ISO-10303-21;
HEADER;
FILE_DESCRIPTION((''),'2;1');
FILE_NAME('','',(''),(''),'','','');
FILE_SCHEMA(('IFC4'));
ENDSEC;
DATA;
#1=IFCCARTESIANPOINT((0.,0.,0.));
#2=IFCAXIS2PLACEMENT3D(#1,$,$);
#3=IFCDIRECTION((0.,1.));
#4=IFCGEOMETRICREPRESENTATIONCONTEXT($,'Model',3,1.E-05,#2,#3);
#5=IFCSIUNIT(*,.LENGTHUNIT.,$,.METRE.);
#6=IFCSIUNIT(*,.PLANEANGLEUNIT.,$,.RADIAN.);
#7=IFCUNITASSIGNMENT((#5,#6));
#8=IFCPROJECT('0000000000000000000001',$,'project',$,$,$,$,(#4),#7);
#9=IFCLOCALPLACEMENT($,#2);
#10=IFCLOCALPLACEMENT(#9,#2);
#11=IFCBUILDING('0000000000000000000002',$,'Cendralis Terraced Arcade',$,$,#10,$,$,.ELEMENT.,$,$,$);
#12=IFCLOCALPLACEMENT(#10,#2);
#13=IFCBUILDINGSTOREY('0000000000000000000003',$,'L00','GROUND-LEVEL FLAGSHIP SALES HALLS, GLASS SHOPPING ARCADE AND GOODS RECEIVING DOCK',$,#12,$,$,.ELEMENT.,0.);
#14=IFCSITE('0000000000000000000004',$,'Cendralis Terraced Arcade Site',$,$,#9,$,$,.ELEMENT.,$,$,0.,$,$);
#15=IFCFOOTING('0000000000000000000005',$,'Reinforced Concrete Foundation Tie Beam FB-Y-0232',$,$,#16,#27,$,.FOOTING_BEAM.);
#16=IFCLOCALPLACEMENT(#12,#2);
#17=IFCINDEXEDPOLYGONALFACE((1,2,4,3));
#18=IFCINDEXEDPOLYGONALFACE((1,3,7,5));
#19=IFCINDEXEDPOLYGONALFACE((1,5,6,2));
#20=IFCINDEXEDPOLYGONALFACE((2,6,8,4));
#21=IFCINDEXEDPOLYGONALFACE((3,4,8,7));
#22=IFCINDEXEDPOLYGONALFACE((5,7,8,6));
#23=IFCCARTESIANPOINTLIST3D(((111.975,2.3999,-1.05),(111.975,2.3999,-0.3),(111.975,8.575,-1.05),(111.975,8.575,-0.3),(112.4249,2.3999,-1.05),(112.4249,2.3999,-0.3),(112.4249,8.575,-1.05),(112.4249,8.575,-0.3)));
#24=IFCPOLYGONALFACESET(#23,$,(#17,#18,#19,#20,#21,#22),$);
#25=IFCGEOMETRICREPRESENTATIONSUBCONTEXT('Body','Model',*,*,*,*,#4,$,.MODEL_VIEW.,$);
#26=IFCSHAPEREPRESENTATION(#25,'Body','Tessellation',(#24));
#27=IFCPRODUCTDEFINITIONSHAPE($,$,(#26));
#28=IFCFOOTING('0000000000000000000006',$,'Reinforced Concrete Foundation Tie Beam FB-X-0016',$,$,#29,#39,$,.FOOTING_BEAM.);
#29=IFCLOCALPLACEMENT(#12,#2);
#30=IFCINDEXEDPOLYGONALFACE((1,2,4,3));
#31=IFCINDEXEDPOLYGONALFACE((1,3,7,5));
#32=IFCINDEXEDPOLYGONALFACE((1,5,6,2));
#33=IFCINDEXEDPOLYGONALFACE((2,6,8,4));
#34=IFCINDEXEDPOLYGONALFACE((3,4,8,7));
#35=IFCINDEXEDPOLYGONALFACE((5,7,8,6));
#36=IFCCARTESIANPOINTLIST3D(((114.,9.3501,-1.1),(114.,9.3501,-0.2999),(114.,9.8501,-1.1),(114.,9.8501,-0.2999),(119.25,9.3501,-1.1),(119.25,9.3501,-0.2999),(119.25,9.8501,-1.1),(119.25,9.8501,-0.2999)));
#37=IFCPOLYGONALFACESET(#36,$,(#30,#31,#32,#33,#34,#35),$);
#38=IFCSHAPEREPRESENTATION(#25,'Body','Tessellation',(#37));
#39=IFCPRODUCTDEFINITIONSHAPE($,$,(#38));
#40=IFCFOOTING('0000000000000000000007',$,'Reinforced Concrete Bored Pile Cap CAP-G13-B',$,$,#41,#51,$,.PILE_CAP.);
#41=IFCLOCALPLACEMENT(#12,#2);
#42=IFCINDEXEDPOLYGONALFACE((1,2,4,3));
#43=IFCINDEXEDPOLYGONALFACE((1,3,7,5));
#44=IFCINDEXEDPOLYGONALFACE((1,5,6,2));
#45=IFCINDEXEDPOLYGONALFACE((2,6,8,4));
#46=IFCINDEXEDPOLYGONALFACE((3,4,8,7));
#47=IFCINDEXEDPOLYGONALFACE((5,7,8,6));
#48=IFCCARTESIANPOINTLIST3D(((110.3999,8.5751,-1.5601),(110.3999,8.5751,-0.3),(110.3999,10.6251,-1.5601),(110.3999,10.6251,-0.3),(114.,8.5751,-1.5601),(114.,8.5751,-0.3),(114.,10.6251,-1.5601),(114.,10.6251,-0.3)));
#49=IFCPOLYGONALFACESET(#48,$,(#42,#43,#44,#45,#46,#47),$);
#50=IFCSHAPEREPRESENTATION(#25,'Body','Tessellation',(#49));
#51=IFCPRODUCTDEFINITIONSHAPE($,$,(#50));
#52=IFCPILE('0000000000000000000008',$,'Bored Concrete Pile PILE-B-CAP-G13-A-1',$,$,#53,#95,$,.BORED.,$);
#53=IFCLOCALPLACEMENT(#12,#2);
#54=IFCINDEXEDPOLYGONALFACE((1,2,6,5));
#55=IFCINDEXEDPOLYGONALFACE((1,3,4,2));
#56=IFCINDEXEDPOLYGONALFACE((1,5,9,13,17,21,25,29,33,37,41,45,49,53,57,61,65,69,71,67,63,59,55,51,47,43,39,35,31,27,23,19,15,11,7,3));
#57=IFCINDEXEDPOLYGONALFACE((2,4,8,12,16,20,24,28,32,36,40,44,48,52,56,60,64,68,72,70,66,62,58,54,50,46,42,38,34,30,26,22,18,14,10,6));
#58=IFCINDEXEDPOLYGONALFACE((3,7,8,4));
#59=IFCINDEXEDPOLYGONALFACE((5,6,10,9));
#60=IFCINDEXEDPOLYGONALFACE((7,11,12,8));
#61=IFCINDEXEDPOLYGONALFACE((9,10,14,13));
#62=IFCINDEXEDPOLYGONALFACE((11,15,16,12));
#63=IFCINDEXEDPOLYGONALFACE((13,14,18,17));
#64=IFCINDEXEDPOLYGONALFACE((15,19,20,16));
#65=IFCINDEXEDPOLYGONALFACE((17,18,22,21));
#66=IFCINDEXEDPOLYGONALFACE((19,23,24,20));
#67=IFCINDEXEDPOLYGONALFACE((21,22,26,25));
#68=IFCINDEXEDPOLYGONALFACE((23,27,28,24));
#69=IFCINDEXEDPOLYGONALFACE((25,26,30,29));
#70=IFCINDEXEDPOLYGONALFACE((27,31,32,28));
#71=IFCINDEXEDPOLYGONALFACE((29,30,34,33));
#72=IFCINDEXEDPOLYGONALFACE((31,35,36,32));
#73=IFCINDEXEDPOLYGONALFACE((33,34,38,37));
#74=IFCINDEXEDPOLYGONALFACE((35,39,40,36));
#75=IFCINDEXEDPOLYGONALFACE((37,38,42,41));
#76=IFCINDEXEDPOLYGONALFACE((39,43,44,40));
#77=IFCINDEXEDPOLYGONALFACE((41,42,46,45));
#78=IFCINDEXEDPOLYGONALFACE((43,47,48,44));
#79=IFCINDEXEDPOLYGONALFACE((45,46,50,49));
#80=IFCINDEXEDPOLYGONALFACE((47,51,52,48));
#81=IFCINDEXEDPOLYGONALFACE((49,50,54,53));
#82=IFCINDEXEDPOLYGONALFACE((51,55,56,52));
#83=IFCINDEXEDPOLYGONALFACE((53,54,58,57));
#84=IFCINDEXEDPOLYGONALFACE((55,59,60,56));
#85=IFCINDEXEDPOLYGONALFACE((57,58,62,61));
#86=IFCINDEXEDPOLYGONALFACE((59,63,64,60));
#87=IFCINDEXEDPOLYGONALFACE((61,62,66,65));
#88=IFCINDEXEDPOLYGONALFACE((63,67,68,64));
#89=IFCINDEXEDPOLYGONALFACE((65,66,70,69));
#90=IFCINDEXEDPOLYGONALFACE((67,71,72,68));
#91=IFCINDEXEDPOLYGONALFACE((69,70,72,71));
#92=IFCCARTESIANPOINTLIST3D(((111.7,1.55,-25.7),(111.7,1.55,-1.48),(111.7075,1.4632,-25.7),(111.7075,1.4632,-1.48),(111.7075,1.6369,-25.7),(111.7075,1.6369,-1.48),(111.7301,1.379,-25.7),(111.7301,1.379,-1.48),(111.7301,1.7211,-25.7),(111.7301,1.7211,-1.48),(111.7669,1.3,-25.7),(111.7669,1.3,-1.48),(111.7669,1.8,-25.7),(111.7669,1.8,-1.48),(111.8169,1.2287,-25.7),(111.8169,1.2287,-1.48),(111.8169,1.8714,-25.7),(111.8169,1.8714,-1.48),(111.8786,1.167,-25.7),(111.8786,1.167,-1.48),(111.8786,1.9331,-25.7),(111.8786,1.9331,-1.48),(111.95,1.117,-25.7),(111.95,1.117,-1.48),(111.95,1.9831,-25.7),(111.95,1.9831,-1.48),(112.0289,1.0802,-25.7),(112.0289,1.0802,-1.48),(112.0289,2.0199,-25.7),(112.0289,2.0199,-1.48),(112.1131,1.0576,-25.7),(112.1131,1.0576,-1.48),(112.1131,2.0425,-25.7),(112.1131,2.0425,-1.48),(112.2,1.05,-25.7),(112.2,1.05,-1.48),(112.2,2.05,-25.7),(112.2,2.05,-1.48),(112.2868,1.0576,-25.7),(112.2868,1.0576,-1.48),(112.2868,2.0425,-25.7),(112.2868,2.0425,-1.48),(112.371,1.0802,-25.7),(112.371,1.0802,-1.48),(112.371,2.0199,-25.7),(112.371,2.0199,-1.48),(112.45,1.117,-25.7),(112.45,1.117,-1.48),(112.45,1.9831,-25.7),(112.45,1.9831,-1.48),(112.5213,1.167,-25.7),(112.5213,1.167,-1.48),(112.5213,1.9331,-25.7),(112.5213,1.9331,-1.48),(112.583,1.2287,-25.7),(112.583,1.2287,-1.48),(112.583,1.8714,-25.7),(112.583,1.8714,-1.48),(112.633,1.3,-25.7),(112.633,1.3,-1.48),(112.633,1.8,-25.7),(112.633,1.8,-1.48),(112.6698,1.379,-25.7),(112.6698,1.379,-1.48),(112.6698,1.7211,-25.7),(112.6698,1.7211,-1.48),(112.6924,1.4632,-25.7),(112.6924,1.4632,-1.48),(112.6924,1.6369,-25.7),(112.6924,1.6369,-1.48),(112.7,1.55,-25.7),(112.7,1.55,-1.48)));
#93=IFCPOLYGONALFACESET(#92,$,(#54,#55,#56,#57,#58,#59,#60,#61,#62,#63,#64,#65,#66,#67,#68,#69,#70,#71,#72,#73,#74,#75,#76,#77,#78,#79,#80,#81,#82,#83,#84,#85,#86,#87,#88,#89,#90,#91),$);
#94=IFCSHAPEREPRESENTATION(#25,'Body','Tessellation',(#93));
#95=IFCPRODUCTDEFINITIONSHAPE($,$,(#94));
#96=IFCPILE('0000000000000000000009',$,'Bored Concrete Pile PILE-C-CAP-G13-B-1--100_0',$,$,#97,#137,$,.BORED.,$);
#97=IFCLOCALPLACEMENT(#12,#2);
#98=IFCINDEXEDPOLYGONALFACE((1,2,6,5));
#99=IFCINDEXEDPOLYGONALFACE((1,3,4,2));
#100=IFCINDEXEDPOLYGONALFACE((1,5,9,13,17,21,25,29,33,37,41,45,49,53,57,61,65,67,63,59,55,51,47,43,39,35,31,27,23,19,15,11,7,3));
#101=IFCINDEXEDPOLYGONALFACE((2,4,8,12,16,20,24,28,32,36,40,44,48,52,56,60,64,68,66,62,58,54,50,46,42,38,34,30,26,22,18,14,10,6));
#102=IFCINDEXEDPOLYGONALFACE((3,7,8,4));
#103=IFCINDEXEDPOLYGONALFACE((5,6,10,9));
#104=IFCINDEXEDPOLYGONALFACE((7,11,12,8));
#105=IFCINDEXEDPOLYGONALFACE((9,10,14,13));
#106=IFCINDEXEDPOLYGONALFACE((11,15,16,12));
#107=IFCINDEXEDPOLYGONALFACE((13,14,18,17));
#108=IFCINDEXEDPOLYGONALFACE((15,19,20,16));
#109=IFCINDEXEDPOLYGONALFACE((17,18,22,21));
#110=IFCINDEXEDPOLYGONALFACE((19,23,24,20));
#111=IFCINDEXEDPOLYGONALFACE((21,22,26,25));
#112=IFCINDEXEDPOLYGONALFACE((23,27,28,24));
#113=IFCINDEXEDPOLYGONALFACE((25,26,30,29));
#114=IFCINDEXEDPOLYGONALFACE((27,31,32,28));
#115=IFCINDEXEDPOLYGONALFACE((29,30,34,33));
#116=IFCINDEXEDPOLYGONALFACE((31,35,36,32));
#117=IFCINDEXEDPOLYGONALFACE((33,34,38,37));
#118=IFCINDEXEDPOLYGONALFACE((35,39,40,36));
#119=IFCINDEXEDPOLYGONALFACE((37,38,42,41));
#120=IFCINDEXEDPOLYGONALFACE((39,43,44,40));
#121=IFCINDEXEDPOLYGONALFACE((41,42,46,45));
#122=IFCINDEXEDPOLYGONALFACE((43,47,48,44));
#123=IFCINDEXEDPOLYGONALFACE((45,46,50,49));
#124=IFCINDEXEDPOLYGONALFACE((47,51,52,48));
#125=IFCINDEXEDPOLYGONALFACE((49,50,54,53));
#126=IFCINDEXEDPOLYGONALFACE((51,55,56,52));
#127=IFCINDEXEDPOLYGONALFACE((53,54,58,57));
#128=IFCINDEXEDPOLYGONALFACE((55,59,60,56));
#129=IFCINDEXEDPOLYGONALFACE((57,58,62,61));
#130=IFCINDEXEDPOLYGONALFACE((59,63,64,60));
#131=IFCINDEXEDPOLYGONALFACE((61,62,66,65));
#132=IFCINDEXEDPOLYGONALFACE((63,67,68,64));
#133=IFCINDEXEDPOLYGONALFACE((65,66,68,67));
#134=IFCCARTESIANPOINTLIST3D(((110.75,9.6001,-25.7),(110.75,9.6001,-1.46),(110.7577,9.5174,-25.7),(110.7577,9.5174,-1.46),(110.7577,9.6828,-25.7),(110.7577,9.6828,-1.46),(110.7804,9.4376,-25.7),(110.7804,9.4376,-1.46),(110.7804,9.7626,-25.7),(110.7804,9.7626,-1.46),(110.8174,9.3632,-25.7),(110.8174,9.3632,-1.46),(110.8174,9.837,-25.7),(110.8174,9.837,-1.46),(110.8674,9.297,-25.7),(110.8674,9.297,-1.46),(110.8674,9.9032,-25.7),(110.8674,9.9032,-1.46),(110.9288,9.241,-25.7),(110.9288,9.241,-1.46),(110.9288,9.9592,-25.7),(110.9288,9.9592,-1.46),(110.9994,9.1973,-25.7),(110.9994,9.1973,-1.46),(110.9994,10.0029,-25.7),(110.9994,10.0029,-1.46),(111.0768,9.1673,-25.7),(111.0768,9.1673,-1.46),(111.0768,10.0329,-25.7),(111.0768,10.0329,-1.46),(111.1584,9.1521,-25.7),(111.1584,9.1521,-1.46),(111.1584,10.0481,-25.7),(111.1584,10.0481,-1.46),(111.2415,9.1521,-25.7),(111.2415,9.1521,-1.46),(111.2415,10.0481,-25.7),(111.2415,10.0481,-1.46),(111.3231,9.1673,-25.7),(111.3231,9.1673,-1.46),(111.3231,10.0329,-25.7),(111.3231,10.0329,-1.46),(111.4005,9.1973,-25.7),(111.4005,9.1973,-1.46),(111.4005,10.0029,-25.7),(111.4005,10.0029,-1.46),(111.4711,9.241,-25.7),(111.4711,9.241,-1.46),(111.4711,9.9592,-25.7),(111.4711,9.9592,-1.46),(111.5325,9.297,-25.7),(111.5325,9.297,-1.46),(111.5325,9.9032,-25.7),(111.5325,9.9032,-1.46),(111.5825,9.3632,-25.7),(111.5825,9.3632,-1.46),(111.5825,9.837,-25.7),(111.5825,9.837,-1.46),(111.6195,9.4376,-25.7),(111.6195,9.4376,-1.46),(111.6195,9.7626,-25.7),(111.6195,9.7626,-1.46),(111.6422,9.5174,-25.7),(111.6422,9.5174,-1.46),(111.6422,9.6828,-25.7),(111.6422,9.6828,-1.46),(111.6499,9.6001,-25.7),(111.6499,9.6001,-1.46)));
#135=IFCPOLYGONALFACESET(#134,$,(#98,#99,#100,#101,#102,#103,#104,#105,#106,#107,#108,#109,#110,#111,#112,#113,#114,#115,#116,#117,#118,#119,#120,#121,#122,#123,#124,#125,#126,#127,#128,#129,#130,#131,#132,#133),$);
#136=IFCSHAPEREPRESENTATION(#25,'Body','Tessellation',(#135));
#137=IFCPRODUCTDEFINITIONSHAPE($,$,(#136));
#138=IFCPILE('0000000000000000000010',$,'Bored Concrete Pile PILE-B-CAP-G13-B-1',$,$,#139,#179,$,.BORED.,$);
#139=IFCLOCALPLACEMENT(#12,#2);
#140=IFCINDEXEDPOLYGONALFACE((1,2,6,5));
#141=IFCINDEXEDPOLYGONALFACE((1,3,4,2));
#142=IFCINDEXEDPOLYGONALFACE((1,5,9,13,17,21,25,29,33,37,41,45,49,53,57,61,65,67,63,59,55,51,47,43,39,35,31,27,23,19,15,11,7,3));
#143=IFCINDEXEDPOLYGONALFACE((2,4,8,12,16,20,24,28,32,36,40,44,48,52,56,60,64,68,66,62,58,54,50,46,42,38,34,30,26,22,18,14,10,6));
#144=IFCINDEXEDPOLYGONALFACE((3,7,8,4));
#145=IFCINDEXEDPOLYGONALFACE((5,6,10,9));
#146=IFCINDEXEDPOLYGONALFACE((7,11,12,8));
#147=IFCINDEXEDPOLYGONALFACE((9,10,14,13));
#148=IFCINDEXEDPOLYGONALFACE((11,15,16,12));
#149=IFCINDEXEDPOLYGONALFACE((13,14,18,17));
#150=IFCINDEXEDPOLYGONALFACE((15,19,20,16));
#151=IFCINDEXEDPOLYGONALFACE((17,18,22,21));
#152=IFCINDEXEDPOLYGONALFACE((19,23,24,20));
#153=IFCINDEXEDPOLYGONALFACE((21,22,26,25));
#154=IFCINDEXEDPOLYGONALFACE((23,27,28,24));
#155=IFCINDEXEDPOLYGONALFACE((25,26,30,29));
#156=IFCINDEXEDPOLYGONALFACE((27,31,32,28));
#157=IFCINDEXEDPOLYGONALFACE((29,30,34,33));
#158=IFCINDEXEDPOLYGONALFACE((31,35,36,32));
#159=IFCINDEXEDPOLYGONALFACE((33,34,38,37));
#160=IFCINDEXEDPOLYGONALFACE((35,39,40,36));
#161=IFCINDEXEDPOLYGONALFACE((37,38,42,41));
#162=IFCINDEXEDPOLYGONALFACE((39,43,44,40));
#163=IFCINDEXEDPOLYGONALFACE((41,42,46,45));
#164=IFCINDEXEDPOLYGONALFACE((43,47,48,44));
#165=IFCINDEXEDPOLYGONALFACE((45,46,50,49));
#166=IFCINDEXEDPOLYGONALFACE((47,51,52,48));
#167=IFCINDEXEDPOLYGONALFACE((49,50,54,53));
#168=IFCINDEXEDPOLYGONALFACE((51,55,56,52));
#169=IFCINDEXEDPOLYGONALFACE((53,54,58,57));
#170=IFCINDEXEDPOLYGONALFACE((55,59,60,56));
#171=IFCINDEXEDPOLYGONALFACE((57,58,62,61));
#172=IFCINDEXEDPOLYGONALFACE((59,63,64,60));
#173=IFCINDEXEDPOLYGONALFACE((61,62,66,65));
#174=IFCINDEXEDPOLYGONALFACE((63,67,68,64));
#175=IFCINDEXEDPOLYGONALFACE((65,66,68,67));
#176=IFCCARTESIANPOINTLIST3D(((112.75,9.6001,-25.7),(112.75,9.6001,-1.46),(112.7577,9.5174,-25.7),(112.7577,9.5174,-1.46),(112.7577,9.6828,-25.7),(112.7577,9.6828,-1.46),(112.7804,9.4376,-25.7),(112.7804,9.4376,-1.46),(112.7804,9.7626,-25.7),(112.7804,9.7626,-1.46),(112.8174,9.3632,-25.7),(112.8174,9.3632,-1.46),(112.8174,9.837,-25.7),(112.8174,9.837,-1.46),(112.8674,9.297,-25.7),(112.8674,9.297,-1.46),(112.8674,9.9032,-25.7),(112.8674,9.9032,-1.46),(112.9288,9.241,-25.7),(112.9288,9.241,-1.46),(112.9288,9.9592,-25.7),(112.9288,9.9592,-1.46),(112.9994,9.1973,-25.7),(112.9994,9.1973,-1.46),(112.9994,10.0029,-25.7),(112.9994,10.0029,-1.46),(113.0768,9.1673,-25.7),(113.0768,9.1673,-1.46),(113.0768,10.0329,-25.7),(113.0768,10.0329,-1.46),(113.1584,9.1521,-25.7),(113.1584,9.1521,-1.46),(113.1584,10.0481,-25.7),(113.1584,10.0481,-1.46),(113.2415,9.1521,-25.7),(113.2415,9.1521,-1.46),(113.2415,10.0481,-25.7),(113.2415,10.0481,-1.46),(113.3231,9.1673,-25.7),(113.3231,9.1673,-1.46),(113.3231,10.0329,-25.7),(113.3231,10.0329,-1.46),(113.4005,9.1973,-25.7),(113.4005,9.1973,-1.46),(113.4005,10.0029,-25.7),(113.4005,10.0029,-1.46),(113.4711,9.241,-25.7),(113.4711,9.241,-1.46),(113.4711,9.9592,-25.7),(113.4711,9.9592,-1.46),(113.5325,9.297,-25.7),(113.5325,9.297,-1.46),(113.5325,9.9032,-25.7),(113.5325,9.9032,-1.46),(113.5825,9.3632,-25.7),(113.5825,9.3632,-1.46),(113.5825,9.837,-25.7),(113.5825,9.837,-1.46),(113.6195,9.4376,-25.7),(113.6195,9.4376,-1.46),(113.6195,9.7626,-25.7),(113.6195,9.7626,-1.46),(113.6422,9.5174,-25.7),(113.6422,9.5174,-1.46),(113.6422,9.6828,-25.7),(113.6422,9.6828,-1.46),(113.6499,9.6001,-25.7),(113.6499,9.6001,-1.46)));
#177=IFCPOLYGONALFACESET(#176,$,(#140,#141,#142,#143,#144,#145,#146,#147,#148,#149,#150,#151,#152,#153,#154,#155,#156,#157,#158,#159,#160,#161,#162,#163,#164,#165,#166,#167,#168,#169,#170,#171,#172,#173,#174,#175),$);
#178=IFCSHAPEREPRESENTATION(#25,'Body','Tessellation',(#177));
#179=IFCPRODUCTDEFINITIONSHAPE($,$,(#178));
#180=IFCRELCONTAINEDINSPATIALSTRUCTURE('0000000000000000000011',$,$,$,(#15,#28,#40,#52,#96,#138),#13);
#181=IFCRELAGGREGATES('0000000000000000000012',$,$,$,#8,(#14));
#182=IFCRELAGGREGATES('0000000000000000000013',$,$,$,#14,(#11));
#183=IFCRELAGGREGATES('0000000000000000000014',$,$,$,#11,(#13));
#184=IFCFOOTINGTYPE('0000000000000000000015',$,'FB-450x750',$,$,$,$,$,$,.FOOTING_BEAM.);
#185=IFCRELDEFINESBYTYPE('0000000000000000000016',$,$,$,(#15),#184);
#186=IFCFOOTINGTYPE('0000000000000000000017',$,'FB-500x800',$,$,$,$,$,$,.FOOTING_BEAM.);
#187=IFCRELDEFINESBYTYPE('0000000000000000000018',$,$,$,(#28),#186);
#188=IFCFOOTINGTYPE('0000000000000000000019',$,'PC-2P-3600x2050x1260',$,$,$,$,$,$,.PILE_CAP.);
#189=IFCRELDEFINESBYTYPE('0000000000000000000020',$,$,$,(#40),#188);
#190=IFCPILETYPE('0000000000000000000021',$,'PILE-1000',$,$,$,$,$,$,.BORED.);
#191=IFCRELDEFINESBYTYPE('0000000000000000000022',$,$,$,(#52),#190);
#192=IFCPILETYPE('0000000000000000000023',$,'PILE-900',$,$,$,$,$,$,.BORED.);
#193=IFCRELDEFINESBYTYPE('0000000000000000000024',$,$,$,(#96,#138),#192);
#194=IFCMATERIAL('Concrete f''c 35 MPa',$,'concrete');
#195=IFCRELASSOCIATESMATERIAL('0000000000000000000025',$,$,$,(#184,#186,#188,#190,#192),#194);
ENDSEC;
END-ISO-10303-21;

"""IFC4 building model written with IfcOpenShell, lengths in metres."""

from ifc_helpers import new_model, si_unit, direction, frame, origin, origin_2d, place, context, subcontext, project, spatial, rectangle, circle, extrude, material, material_profile, profile_set, type_object, element, save


model = new_model("IFC4")

# Units and contexts
model_context = context("Model", 3, precision=1e-05, world=origin(), true_north=direction((0.0, 1.0)))
body_context = subcontext(model_context, "Body", "Model", "MODEL_VIEW")
ifc_project = project(units=[si_unit("LENGTHUNIT", "METRE"), si_unit("PLANEANGLEUNIT", "RADIAN")], contexts=[model_context])

# Site, building, storey
site_placement = place(None, origin())
site = spatial("IfcSite", under=ifc_project, at=site_placement, Name="Cendralis Terraced Arcade Site", CompositionType="ELEMENT", RefElevation=0.0)
building_placement = place(site_placement, origin())
building = spatial("IfcBuilding", under=site, at=building_placement, Name="Cendralis Terraced Arcade", CompositionType="ELEMENT")
storey_placement = place(building_placement, origin())
storey = spatial("IfcBuildingStorey", under=building, at=storey_placement, Name="L00", Description="GROUND-LEVEL FLAGSHIP SALES HALLS, GLASS SHOPPING ARCADE AND GOODS RECEIVING DOCK", CompositionType="ELEMENT", Elevation=0.0)

# Footings
ifc_material_1 = material(Name="Concrete f'c 35 MPa", Category="concrete")
ifc_material_profile_1 = material_profile(ifc_material_1, rectangle(XDim=0.45, YDim=0.75, at=origin_2d()), Name="FB-450x750", Category="LoadBearing")
ifc_profile_set_1 = profile_set([ifc_material_profile_1], Name="Concrete f'c 35 MPa")
footing_type_1 = type_object("IfcFootingType", Name="FB-450x750", PredefinedType="FOOTING_BEAM", material=ifc_profile_set_1)
footing_1_placement = place(storey_placement, frame((112.2, 2.3999, -0.675), z_axis=(0.0, 1.0, 0.0), x_axis=(-1.0, 0.0, 0.0)))
element("IfcFooting", 1, at=footing_1_placement, inside=storey, type_object=footing_type_1, Name="Reinforced Concrete Foundation Tie Beam FB-Y-0232", PredefinedType="FOOTING_BEAM", context=body_context, shape_type="SweptSolid", body=[
    extrude(rectangle(XDim=0.45, YDim=0.75, at=origin_2d()), origin(), (0.0, 0.0, 1.0), 6.175),
])
ifc_material_profile_2 = material_profile(ifc_material_1, rectangle(XDim=0.5, YDim=0.8, at=origin_2d()), Name="FB-500x800", Category="LoadBearing")
ifc_profile_set_2 = profile_set([ifc_material_profile_2], Name="Concrete f'c 35 MPa")
footing_type_2 = type_object("IfcFootingType", Name="FB-500x800", PredefinedType="FOOTING_BEAM", material=ifc_profile_set_2)
footing_2_placement = place(storey_placement, frame((114.0, 9.6001, -0.7), z_axis=(1.0, 0.0, 0.0), x_axis=(0.0, 1.0, 0.0)))
element("IfcFooting", 2, at=footing_2_placement, inside=storey, type_object=footing_type_2, Name="Reinforced Concrete Foundation Tie Beam FB-X-0016", PredefinedType="FOOTING_BEAM", context=body_context, shape_type="SweptSolid", body=[
    extrude(rectangle(XDim=0.5, YDim=0.8, at=origin_2d()), origin(), (0.0, 0.0, 1.0), 5.25),
])
footing_type_3 = type_object("IfcFootingType", Name="PC-2P-3600x2050x1260", PredefinedType="PILE_CAP", material=ifc_material_1)
footing_3_placement = place(storey_placement, frame((112.2, 9.6001, -1.5601), z_axis=(0.0, 0.0, 1.0), x_axis=(1.0, 0.0, 0.0)))
element("IfcFooting", 3, at=footing_3_placement, inside=storey, type_object=footing_type_3, Name="Reinforced Concrete Bored Pile Cap CAP-G13-B", PredefinedType="PILE_CAP", context=body_context, shape_type="SweptSolid", body=[
    extrude(rectangle(XDim=3.6001, YDim=2.05, at=origin_2d()), origin(), (0.0, 0.0, 1.0), 1.26),
])

# Piles
ifc_material_profile_3 = material_profile(ifc_material_1, circle(Radius=0.5, at=origin_2d()), Name="PILE-D1000", Category="LoadBearing")
ifc_profile_set_3 = profile_set([ifc_material_profile_3], Name="Concrete f'c 35 MPa")
pile_type_1 = type_object("IfcPileType", Name="PILE-1000", PredefinedType="BORED", material=ifc_profile_set_3)
pile_1_placement = place(storey_placement, frame((112.2, 1.55, -1.48), z_axis=(0.0, 0.0, -1.0), x_axis=(1.0, 0.0, 0.0)))
element("IfcPile", 4, at=pile_1_placement, inside=storey, type_object=pile_type_1, Name="Bored Concrete Pile PILE-B-CAP-G13-A-1", PredefinedType="BORED", context=body_context, shape_type="SweptSolid", body=[
    extrude(circle(Radius=0.5, at=origin_2d()), origin(), (0.0, 0.0, 1.0), 24.22),
])
ifc_material_profile_4 = material_profile(ifc_material_1, circle(Radius=0.45, at=origin_2d()), Name="PILE-D900", Category="LoadBearing")
ifc_profile_set_4 = profile_set([ifc_material_profile_4], Name="Concrete f'c 35 MPa")
pile_type_2 = type_object("IfcPileType", Name="PILE-900", PredefinedType="BORED", material=ifc_profile_set_4)
for number, where, z_axis, x_axis, name in (
    (5, (111.2, 9.6001, -1.46), (0.0, 0.0, -1.0), (1.0, 0.0, 0.0), "Bored Concrete Pile PILE-C-CAP-G13-B-1--100_0"),
    (6, (113.2, 9.6001, -1.46), (0.0, 0.0, -1.0), (1.0, 0.0, 0.0), "Bored Concrete Pile PILE-B-CAP-G13-B-1"),
):
    element("IfcPile", number, at=place(storey_placement, frame(where, z_axis=z_axis, x_axis=x_axis)), inside=storey, type_object=pile_type_2, Name=name, PredefinedType="BORED", context=body_context, shape_type="SweptSolid", body=[
        extrude(circle(Radius=0.45, at=origin_2d()), origin(), (0.0, 0.0, 1.0), 24.24),
    ])

save(model, "model.ifc")
